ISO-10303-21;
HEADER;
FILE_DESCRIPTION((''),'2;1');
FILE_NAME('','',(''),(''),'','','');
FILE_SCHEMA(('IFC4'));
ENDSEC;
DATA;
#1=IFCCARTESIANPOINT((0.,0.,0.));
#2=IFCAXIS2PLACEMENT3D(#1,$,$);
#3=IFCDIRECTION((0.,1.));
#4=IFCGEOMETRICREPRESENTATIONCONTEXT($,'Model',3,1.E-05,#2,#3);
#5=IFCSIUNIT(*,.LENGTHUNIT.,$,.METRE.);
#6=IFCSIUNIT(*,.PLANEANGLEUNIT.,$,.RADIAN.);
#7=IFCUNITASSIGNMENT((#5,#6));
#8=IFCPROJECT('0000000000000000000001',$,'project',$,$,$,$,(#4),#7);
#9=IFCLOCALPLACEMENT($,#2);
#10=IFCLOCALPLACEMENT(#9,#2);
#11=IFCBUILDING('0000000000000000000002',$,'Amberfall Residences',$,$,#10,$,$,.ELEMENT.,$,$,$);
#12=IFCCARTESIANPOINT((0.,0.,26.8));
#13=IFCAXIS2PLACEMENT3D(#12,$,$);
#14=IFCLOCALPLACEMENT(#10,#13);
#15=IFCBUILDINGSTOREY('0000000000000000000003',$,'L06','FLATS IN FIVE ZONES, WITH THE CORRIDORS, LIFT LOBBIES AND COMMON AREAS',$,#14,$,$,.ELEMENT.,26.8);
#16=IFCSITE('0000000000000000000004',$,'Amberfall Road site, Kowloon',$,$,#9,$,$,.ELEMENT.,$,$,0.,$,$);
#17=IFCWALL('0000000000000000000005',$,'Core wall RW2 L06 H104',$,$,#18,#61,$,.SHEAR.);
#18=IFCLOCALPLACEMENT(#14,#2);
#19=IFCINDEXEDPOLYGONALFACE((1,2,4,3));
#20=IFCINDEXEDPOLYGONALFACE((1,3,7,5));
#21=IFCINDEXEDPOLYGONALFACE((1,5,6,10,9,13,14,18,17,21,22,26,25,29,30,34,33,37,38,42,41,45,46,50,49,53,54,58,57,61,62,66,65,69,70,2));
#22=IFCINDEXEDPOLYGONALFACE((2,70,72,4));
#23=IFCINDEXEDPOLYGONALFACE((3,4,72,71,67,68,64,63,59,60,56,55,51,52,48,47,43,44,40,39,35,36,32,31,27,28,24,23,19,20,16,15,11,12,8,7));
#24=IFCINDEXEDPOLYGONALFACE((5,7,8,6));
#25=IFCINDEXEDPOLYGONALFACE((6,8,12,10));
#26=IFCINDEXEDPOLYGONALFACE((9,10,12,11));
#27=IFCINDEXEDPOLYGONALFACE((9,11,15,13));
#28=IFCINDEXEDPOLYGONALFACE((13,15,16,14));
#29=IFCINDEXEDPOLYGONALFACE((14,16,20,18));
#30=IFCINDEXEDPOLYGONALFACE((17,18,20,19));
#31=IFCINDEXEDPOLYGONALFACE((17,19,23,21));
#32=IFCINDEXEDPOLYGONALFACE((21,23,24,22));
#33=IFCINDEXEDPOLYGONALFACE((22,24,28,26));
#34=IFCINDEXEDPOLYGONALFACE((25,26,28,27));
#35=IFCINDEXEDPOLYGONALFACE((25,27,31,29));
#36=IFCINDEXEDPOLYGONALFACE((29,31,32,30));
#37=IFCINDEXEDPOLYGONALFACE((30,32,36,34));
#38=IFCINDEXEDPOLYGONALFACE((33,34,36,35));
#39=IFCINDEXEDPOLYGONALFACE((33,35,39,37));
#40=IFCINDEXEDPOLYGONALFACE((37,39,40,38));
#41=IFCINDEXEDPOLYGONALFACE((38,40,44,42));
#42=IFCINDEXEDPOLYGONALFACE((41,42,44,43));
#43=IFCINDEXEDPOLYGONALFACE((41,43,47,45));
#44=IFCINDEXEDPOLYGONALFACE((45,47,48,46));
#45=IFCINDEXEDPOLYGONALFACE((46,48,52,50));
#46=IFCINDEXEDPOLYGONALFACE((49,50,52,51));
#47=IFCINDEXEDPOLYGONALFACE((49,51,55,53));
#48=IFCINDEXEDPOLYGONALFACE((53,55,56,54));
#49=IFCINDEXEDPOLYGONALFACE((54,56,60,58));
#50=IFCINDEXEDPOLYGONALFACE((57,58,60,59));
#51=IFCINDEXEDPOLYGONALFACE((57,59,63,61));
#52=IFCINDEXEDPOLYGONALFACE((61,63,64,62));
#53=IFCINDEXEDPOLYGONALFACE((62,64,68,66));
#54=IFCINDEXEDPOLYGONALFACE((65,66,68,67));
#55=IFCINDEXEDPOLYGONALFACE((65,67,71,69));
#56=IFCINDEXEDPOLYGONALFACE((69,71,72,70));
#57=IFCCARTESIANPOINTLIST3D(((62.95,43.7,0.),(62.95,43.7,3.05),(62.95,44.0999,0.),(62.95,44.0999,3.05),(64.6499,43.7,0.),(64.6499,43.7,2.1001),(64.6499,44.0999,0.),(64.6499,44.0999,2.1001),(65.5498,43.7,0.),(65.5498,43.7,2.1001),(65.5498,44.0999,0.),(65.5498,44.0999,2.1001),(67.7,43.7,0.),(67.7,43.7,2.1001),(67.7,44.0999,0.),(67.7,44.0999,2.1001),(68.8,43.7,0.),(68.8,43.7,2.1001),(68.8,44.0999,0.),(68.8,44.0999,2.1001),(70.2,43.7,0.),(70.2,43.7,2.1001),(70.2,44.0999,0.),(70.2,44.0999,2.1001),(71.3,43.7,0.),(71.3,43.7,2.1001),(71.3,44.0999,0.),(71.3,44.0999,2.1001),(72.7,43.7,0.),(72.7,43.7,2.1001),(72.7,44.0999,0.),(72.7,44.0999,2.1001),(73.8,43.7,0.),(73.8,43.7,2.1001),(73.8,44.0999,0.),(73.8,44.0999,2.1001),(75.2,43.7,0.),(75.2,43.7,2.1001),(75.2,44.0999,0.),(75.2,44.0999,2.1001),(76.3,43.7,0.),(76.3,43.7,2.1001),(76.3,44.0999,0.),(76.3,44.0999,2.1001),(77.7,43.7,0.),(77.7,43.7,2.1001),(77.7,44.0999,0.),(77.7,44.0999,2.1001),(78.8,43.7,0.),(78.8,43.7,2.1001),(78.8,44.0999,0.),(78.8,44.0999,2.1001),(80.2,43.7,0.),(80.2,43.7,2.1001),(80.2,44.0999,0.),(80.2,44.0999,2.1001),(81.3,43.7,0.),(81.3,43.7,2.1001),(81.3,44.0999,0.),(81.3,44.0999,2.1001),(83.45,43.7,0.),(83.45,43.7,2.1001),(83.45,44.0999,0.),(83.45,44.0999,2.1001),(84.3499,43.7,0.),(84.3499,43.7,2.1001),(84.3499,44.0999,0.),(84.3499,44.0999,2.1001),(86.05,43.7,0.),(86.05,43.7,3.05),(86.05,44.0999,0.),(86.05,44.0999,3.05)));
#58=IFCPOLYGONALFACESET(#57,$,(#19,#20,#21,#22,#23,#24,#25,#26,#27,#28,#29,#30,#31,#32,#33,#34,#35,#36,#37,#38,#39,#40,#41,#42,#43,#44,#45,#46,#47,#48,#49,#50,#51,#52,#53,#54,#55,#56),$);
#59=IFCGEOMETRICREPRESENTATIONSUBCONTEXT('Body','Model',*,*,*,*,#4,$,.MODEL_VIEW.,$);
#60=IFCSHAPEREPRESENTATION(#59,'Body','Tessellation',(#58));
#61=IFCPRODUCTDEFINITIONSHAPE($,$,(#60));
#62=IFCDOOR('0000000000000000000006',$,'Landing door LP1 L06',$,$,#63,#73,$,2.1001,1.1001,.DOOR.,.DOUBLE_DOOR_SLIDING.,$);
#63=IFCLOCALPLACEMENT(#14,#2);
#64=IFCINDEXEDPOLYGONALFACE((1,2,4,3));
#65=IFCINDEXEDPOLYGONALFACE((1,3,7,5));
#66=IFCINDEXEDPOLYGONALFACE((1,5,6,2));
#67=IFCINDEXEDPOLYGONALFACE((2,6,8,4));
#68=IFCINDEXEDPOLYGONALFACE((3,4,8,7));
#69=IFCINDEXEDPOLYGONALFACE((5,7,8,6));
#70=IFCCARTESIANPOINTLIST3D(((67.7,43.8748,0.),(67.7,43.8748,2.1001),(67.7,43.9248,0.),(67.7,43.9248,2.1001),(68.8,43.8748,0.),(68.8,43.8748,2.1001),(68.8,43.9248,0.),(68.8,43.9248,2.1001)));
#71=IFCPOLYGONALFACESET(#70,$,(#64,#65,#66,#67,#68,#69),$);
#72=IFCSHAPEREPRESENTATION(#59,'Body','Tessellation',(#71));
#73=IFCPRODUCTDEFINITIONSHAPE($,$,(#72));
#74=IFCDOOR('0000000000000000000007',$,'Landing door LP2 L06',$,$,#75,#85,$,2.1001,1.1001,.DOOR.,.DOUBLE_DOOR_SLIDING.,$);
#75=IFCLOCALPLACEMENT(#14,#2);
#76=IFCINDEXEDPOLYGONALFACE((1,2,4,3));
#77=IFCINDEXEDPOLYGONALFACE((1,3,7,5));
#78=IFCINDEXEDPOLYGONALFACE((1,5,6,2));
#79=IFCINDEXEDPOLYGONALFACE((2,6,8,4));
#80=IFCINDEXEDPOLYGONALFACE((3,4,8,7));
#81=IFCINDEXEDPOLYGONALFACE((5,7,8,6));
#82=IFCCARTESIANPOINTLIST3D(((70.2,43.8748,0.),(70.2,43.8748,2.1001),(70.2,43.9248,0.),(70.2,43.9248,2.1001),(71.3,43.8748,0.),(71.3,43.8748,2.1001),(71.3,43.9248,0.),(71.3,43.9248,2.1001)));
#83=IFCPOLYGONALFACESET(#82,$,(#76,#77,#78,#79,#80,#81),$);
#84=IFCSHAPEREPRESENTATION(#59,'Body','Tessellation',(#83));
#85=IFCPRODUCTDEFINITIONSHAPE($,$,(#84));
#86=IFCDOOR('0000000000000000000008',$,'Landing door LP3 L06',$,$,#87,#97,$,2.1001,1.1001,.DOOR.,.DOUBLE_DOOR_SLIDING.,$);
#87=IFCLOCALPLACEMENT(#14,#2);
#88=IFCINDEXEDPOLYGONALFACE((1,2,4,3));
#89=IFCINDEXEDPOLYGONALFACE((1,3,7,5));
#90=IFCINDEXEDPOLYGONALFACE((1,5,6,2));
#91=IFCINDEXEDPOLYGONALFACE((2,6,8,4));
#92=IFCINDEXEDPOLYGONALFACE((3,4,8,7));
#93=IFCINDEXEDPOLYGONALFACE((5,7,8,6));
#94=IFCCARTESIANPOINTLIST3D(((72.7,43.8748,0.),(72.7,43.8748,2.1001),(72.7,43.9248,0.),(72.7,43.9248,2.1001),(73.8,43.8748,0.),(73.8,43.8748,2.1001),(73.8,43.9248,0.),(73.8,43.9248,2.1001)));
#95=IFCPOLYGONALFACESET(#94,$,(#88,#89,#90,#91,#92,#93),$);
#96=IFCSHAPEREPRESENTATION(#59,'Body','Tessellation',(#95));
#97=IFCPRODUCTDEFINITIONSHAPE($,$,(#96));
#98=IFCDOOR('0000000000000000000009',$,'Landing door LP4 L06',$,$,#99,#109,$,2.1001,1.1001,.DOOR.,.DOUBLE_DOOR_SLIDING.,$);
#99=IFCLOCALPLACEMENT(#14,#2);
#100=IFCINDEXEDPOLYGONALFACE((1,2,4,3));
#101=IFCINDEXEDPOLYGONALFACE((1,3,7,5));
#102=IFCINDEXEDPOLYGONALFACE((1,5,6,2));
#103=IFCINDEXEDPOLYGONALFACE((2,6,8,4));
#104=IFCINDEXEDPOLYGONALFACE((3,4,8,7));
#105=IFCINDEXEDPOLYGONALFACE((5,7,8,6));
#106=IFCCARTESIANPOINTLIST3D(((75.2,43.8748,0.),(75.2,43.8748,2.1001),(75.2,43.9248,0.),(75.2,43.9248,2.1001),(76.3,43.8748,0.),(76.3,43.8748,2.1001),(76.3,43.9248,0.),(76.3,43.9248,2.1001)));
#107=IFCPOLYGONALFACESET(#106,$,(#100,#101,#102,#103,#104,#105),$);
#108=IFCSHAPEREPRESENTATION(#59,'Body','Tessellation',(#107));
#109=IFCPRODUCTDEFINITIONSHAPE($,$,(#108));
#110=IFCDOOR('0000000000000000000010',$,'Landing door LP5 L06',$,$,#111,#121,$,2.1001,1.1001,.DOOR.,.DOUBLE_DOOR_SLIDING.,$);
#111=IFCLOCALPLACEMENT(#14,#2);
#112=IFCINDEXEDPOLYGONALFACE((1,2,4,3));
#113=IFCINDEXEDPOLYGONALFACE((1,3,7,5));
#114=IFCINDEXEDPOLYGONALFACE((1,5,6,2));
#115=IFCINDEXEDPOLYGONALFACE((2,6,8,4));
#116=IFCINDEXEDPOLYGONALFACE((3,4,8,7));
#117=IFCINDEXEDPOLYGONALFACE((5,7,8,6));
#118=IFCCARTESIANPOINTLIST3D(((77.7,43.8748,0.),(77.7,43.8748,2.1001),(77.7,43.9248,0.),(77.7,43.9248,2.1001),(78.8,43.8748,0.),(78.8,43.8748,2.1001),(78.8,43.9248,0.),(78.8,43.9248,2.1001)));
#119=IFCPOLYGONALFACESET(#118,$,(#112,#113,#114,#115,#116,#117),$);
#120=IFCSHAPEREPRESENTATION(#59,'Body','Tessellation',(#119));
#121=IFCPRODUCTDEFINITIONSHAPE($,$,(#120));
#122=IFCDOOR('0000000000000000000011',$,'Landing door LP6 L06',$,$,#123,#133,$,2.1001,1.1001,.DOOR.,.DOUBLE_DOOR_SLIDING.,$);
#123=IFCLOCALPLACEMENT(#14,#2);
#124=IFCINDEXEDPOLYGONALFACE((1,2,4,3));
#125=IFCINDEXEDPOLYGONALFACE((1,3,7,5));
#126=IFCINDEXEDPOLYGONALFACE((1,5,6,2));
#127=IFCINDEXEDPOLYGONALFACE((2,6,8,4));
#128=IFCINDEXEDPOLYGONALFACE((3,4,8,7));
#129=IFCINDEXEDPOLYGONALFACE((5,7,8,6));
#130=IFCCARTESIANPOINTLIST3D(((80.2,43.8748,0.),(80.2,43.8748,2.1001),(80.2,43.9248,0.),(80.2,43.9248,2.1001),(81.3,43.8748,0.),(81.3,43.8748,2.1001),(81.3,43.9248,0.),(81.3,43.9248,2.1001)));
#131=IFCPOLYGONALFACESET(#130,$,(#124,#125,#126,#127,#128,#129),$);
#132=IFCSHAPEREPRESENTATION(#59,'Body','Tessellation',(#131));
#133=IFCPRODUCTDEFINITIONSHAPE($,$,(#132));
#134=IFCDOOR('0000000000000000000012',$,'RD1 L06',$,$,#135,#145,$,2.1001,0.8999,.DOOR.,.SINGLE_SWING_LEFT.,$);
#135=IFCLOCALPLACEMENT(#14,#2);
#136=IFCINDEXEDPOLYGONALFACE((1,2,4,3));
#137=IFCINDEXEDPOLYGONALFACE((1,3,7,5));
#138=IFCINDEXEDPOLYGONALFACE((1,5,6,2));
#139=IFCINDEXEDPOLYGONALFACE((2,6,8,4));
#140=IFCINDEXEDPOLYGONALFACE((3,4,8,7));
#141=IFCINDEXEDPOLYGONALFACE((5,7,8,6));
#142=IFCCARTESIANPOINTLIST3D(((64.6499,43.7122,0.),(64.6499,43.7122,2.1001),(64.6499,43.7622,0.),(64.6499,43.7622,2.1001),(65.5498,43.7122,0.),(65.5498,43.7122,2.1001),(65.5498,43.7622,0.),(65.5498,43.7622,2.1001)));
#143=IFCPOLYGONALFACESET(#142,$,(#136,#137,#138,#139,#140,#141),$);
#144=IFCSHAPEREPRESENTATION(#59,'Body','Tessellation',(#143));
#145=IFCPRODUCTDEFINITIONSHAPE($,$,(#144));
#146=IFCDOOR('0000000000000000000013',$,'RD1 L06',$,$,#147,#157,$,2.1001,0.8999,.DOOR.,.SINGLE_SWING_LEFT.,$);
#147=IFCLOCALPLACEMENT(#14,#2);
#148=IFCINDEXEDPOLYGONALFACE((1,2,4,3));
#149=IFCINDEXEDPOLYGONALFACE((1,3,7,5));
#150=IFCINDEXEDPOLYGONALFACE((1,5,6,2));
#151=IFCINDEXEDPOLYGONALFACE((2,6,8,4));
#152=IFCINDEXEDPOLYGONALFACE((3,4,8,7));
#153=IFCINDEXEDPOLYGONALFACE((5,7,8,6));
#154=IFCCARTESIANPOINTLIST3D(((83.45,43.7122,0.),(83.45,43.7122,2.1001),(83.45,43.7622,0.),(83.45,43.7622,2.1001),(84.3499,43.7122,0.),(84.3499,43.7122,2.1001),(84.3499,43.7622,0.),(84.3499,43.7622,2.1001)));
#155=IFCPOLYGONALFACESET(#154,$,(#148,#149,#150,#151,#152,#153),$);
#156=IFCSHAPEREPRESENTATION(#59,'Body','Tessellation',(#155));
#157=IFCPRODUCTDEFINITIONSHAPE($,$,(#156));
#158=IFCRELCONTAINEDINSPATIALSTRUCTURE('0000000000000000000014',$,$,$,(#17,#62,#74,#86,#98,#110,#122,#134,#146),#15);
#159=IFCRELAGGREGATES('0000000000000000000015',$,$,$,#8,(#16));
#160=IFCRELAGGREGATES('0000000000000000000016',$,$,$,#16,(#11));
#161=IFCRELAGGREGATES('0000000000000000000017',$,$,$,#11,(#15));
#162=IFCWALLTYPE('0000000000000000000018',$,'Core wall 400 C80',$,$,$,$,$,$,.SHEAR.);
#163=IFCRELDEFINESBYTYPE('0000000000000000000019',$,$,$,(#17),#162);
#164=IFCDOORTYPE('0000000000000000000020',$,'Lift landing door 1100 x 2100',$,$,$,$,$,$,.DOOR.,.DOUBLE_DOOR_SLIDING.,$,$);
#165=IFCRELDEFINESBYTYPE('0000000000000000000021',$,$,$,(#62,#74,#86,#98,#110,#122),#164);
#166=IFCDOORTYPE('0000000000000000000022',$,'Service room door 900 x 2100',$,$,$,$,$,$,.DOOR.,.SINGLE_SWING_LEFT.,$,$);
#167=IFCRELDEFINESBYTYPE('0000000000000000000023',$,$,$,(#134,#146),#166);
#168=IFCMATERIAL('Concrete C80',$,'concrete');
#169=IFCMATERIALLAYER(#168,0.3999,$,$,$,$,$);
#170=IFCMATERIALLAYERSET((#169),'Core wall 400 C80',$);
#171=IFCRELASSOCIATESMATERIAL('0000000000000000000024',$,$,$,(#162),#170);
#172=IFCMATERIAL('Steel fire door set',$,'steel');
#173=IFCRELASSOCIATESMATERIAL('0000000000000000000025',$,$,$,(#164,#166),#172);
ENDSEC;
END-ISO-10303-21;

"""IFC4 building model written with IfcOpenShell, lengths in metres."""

from ifc_helpers import new_model, si_unit, direction, frame, frame_2d, origin, place, context, subcontext, project, spatial, rectangle, extrude, material, layer, layer_set, type_object, element, fill, save


model = new_model("IFC4")

# Units and contexts
model_context = context("Model", 3, precision=1e-05, world=origin(), true_north=direction((0.0, 1.0)))
body_context = subcontext(model_context, "Body", "Model", "MODEL_VIEW")
ifc_project = project(units=[si_unit("LENGTHUNIT", "METRE"), si_unit("PLANEANGLEUNIT", "RADIAN")], contexts=[model_context])

# Site, building, storey
site_placement = place(None, origin())
site = spatial("IfcSite", under=ifc_project, at=site_placement, Name="Amberfall Road site, Kowloon", CompositionType="ELEMENT", RefElevation=0.0)
building_placement = place(site_placement, origin())
building = spatial("IfcBuilding", under=site, at=building_placement, Name="Amberfall Residences", CompositionType="ELEMENT")
storey_placement = place(building_placement, frame((0.0, 0.0, 26.8)))
storey = spatial("IfcBuildingStorey", under=building, at=storey_placement, Name="L06", Description="FLATS IN FIVE ZONES, WITH THE CORRIDORS, LIFT LOBBIES AND COMMON AREAS", CompositionType="ELEMENT", Elevation=26.8)

# Shared definitions
ifc_material_1 = material(Name="Concrete C80", Category="concrete")
ifc_layer = layer(ifc_material_1, 0.3999)
ifc_layer_set = layer_set([ifc_layer], Name="Core wall 400 C80")
wall_type = type_object("IfcWallType", Name="Core wall 400 C80", PredefinedType="SHEAR", material=ifc_layer_set)

# Wall, openings, doors
wall_1_placement = place(storey_placement, frame((62.95, 43.8999, 0.0), z_axis=(0.0, 0.0, 1.0), x_axis=(1.0, 0.0, 0.0)))
wall_1 = element("IfcWall", 1, at=wall_1_placement, inside=storey, type_object=wall_type, Name="Core wall RW2 L06 H104", PredefinedType="SHEAR", context=body_context, shape_type="SweptSolid", body=[
    extrude(rectangle(XDim=23.1001, YDim=0.3999, at=frame_2d((11.55, 0.0))), origin(), (0.0, 0.0, 1.0), 3.05),
])
opening_1_placement = place(wall_1_placement, frame((1.7, 0.0, 0.0)))
opening_1 = element("IfcOpeningElement", 2, at=opening_1_placement, cuts=wall_1, PredefinedType="OPENING", context=body_context, shape_type="SweptSolid", body=[
    extrude(rectangle(XDim=0.8999, YDim=2.1001, at=frame_2d((0.45, 1.05))), frame((0.0, 0.21, 0.0), z_axis=(0.0, -1.0, 0.0), x_axis=(1.0, 0.0, 0.0)), (0.0, 0.0, 1.0), 0.4199),
])
opening_2_placement = place(wall_1_placement, frame((20.5, 0.0, 0.0)))
opening_2 = element("IfcOpeningElement", 3, at=opening_2_placement, cuts=wall_1, PredefinedType="OPENING", context=body_context, shape_type="SweptSolid", body=[
    extrude(rectangle(XDim=0.8999, YDim=2.1001, at=frame_2d((0.45, 1.05))), frame((0.0, 0.21, 0.0), z_axis=(0.0, -1.0, 0.0), x_axis=(1.0, 0.0, 0.0)), (0.0, 0.0, 1.0), 0.4199),
])
opening_3_placement = place(wall_1_placement, frame((4.75, 0.0, 0.0)))
opening_3 = element("IfcOpeningElement", 4, at=opening_3_placement, cuts=wall_1, PredefinedType="OPENING", context=body_context, shape_type="SweptSolid", body=[
    extrude(rectangle(XDim=1.1001, YDim=2.1001, at=frame_2d((0.55, 1.05))), frame((0.0, 0.21, 0.0), z_axis=(0.0, -1.0, 0.0), x_axis=(1.0, 0.0, 0.0)), (0.0, 0.0, 1.0), 0.4199),
])
opening_4_placement = place(wall_1_placement, frame((7.25, 0.0, 0.0)))
opening_4 = element("IfcOpeningElement", 5, at=opening_4_placement, cuts=wall_1, PredefinedType="OPENING", context=body_context, shape_type="SweptSolid", body=[
    extrude(rectangle(XDim=1.1001, YDim=2.1001, at=frame_2d((0.55, 1.05))), frame((0.0, 0.21, 0.0), z_axis=(0.0, -1.0, 0.0), x_axis=(1.0, 0.0, 0.0)), (0.0, 0.0, 1.0), 0.4199),
])
opening_5_placement = place(wall_1_placement, frame((9.75, 0.0, 0.0)))
opening_5 = element("IfcOpeningElement", 6, at=opening_5_placement, cuts=wall_1, PredefinedType="OPENING", context=body_context, shape_type="SweptSolid", body=[
    extrude(rectangle(XDim=1.1001, YDim=2.1001, at=frame_2d((0.55, 1.05))), frame((0.0, 0.21, 0.0), z_axis=(0.0, -1.0, 0.0), x_axis=(1.0, 0.0, 0.0)), (0.0, 0.0, 1.0), 0.4199),
])
opening_6_placement = place(wall_1_placement, frame((12.25, 0.0, 0.0)))
opening_6 = element("IfcOpeningElement", 7, at=opening_6_placement, cuts=wall_1, PredefinedType="OPENING", context=body_context, shape_type="SweptSolid", body=[
    extrude(rectangle(XDim=1.1001, YDim=2.1001, at=frame_2d((0.55, 1.05))), frame((0.0, 0.21, 0.0), z_axis=(0.0, -1.0, 0.0), x_axis=(1.0, 0.0, 0.0)), (0.0, 0.0, 1.0), 0.4199),
])
opening_7_placement = place(wall_1_placement, frame((14.75, 0.0, 0.0)))
opening_7 = element("IfcOpeningElement", 8, at=opening_7_placement, cuts=wall_1, PredefinedType="OPENING", context=body_context, shape_type="SweptSolid", body=[
    extrude(rectangle(XDim=1.1001, YDim=2.1001, at=frame_2d((0.55, 1.05))), frame((0.0, 0.21, 0.0), z_axis=(0.0, -1.0, 0.0), x_axis=(1.0, 0.0, 0.0)), (0.0, 0.0, 1.0), 0.4199),
])
opening_8_placement = place(wall_1_placement, frame((17.25, 0.0, 0.0)))
opening_8 = element("IfcOpeningElement", 9, at=opening_8_placement, cuts=wall_1, PredefinedType="OPENING", context=body_context, shape_type="SweptSolid", body=[
    extrude(rectangle(XDim=1.1001, YDim=2.1001, at=frame_2d((0.55, 1.05))), frame((0.0, 0.21, 0.0), z_axis=(0.0, -1.0, 0.0), x_axis=(1.0, 0.0, 0.0)), (0.0, 0.0, 1.0), 0.4199),
])
ifc_material_2 = material(Name="Steel fire door set", Category="steel")
door_type_1 = type_object("IfcDoorType", Name="Lift landing door 1100 x 2100", OperationType="DOUBLE_DOOR_SLIDING", PredefinedType="DOOR", material=ifc_material_2)
door_1_placement = place(opening_3_placement, origin())
door_1 = element("IfcDoor", 10, at=door_1_placement, inside=storey, type_object=door_type_1, Name="Landing door LP1 L06", OperationType="DOUBLE_DOOR_SLIDING", OverallHeight=2.1001, OverallWidth=1.1001, PredefinedType="DOOR", context=body_context, shape_type="SweptSolid", body=[
    extrude(rectangle(XDim=1.1001, YDim=2.1001, at=frame_2d((0.55, 1.05))), frame((0.0, 0.0249, 0.0), z_axis=(0.0, -1.0, 0.0), x_axis=(1.0, 0.0, 0.0)), (0.0, 0.0, 1.0), 0.05),
])
fill(opening_3, door_1)
door_2_placement = place(opening_4_placement, origin())
door_2 = element("IfcDoor", 11, at=door_2_placement, inside=storey, type_object=door_type_1, Name="Landing door LP2 L06", OperationType="DOUBLE_DOOR_SLIDING", OverallHeight=2.1001, OverallWidth=1.1001, PredefinedType="DOOR", context=body_context, shape_type="SweptSolid", body=[
    extrude(rectangle(XDim=1.1001, YDim=2.1001, at=frame_2d((0.55, 1.05))), frame((0.0, 0.0249, 0.0), z_axis=(0.0, -1.0, 0.0), x_axis=(1.0, 0.0, 0.0)), (0.0, 0.0, 1.0), 0.05),
])
fill(opening_4, door_2)
door_3_placement = place(opening_5_placement, origin())
door_3 = element("IfcDoor", 12, at=door_3_placement, inside=storey, type_object=door_type_1, Name="Landing door LP3 L06", OperationType="DOUBLE_DOOR_SLIDING", OverallHeight=2.1001, OverallWidth=1.1001, PredefinedType="DOOR", context=body_context, shape_type="SweptSolid", body=[
    extrude(rectangle(XDim=1.1001, YDim=2.1001, at=frame_2d((0.55, 1.05))), frame((0.0, 0.0249, 0.0), z_axis=(0.0, -1.0, 0.0), x_axis=(1.0, 0.0, 0.0)), (0.0, 0.0, 1.0), 0.05),
])
fill(opening_5, door_3)
door_4_placement = place(opening_6_placement, origin())
door_4 = element("IfcDoor", 13, at=door_4_placement, inside=storey, type_object=door_type_1, Name="Landing door LP4 L06", OperationType="DOUBLE_DOOR_SLIDING", OverallHeight=2.1001, OverallWidth=1.1001, PredefinedType="DOOR", context=body_context, shape_type="SweptSolid", body=[
    extrude(rectangle(XDim=1.1001, YDim=2.1001, at=frame_2d((0.55, 1.05))), frame((0.0, 0.0249, 0.0), z_axis=(0.0, -1.0, 0.0), x_axis=(1.0, 0.0, 0.0)), (0.0, 0.0, 1.0), 0.05),
])
fill(opening_6, door_4)
door_5_placement = place(opening_7_placement, origin())
door_5 = element("IfcDoor", 14, at=door_5_placement, inside=storey, type_object=door_type_1, Name="Landing door LP5 L06", OperationType="DOUBLE_DOOR_SLIDING", OverallHeight=2.1001, OverallWidth=1.1001, PredefinedType="DOOR", context=body_context, shape_type="SweptSolid", body=[
    extrude(rectangle(XDim=1.1001, YDim=2.1001, at=frame_2d((0.55, 1.05))), frame((0.0, 0.0249, 0.0), z_axis=(0.0, -1.0, 0.0), x_axis=(1.0, 0.0, 0.0)), (0.0, 0.0, 1.0), 0.05),
])
fill(opening_7, door_5)
door_6_placement = place(opening_8_placement, origin())
door_6 = element("IfcDoor", 15, at=door_6_placement, inside=storey, type_object=door_type_1, Name="Landing door LP6 L06", OperationType="DOUBLE_DOOR_SLIDING", OverallHeight=2.1001, OverallWidth=1.1001, PredefinedType="DOOR", context=body_context, shape_type="SweptSolid", body=[
    extrude(rectangle(XDim=1.1001, YDim=2.1001, at=frame_2d((0.55, 1.05))), frame((0.0, 0.0249, 0.0), z_axis=(0.0, -1.0, 0.0), x_axis=(1.0, 0.0, 0.0)), (0.0, 0.0, 1.0), 0.05),
])
fill(opening_8, door_6)
door_type_2 = type_object("IfcDoorType", Name="Service room door 900 x 2100", OperationType="SINGLE_SWING_LEFT", PredefinedType="DOOR", material=ifc_material_2)
door_7_placement = place(opening_1_placement, origin())
door_7 = element("IfcDoor", 16, at=door_7_placement, inside=storey, type_object=door_type_2, Name="RD1 L06", OperationType="SINGLE_SWING_LEFT", OverallHeight=2.1001, OverallWidth=0.8999, PredefinedType="DOOR", context=body_context, shape_type="SweptSolid", body=[
    extrude(rectangle(XDim=0.8999, YDim=2.1001, at=frame_2d((0.45, 1.05))), frame((0.0, -0.1377, 0.0), z_axis=(0.0, -1.0, 0.0), x_axis=(1.0, 0.0, 0.0)), (0.0, 0.0, 1.0), 0.05),
])
fill(opening_1, door_7)
door_8_placement = place(opening_2_placement, origin())
door_8 = element("IfcDoor", 17, at=door_8_placement, inside=storey, type_object=door_type_2, Name="RD1 L06", OperationType="SINGLE_SWING_LEFT", OverallHeight=2.1001, OverallWidth=0.8999, PredefinedType="DOOR", context=body_context, shape_type="SweptSolid", body=[
    extrude(rectangle(XDim=0.8999, YDim=2.1001, at=frame_2d((0.45, 1.05))), frame((0.0, -0.1377, 0.0), z_axis=(0.0, -1.0, 0.0), x_axis=(1.0, 0.0, 0.0)), (0.0, 0.0, 1.0), 0.05),
])
fill(opening_2, door_8)

save(model, "model.ifc")
